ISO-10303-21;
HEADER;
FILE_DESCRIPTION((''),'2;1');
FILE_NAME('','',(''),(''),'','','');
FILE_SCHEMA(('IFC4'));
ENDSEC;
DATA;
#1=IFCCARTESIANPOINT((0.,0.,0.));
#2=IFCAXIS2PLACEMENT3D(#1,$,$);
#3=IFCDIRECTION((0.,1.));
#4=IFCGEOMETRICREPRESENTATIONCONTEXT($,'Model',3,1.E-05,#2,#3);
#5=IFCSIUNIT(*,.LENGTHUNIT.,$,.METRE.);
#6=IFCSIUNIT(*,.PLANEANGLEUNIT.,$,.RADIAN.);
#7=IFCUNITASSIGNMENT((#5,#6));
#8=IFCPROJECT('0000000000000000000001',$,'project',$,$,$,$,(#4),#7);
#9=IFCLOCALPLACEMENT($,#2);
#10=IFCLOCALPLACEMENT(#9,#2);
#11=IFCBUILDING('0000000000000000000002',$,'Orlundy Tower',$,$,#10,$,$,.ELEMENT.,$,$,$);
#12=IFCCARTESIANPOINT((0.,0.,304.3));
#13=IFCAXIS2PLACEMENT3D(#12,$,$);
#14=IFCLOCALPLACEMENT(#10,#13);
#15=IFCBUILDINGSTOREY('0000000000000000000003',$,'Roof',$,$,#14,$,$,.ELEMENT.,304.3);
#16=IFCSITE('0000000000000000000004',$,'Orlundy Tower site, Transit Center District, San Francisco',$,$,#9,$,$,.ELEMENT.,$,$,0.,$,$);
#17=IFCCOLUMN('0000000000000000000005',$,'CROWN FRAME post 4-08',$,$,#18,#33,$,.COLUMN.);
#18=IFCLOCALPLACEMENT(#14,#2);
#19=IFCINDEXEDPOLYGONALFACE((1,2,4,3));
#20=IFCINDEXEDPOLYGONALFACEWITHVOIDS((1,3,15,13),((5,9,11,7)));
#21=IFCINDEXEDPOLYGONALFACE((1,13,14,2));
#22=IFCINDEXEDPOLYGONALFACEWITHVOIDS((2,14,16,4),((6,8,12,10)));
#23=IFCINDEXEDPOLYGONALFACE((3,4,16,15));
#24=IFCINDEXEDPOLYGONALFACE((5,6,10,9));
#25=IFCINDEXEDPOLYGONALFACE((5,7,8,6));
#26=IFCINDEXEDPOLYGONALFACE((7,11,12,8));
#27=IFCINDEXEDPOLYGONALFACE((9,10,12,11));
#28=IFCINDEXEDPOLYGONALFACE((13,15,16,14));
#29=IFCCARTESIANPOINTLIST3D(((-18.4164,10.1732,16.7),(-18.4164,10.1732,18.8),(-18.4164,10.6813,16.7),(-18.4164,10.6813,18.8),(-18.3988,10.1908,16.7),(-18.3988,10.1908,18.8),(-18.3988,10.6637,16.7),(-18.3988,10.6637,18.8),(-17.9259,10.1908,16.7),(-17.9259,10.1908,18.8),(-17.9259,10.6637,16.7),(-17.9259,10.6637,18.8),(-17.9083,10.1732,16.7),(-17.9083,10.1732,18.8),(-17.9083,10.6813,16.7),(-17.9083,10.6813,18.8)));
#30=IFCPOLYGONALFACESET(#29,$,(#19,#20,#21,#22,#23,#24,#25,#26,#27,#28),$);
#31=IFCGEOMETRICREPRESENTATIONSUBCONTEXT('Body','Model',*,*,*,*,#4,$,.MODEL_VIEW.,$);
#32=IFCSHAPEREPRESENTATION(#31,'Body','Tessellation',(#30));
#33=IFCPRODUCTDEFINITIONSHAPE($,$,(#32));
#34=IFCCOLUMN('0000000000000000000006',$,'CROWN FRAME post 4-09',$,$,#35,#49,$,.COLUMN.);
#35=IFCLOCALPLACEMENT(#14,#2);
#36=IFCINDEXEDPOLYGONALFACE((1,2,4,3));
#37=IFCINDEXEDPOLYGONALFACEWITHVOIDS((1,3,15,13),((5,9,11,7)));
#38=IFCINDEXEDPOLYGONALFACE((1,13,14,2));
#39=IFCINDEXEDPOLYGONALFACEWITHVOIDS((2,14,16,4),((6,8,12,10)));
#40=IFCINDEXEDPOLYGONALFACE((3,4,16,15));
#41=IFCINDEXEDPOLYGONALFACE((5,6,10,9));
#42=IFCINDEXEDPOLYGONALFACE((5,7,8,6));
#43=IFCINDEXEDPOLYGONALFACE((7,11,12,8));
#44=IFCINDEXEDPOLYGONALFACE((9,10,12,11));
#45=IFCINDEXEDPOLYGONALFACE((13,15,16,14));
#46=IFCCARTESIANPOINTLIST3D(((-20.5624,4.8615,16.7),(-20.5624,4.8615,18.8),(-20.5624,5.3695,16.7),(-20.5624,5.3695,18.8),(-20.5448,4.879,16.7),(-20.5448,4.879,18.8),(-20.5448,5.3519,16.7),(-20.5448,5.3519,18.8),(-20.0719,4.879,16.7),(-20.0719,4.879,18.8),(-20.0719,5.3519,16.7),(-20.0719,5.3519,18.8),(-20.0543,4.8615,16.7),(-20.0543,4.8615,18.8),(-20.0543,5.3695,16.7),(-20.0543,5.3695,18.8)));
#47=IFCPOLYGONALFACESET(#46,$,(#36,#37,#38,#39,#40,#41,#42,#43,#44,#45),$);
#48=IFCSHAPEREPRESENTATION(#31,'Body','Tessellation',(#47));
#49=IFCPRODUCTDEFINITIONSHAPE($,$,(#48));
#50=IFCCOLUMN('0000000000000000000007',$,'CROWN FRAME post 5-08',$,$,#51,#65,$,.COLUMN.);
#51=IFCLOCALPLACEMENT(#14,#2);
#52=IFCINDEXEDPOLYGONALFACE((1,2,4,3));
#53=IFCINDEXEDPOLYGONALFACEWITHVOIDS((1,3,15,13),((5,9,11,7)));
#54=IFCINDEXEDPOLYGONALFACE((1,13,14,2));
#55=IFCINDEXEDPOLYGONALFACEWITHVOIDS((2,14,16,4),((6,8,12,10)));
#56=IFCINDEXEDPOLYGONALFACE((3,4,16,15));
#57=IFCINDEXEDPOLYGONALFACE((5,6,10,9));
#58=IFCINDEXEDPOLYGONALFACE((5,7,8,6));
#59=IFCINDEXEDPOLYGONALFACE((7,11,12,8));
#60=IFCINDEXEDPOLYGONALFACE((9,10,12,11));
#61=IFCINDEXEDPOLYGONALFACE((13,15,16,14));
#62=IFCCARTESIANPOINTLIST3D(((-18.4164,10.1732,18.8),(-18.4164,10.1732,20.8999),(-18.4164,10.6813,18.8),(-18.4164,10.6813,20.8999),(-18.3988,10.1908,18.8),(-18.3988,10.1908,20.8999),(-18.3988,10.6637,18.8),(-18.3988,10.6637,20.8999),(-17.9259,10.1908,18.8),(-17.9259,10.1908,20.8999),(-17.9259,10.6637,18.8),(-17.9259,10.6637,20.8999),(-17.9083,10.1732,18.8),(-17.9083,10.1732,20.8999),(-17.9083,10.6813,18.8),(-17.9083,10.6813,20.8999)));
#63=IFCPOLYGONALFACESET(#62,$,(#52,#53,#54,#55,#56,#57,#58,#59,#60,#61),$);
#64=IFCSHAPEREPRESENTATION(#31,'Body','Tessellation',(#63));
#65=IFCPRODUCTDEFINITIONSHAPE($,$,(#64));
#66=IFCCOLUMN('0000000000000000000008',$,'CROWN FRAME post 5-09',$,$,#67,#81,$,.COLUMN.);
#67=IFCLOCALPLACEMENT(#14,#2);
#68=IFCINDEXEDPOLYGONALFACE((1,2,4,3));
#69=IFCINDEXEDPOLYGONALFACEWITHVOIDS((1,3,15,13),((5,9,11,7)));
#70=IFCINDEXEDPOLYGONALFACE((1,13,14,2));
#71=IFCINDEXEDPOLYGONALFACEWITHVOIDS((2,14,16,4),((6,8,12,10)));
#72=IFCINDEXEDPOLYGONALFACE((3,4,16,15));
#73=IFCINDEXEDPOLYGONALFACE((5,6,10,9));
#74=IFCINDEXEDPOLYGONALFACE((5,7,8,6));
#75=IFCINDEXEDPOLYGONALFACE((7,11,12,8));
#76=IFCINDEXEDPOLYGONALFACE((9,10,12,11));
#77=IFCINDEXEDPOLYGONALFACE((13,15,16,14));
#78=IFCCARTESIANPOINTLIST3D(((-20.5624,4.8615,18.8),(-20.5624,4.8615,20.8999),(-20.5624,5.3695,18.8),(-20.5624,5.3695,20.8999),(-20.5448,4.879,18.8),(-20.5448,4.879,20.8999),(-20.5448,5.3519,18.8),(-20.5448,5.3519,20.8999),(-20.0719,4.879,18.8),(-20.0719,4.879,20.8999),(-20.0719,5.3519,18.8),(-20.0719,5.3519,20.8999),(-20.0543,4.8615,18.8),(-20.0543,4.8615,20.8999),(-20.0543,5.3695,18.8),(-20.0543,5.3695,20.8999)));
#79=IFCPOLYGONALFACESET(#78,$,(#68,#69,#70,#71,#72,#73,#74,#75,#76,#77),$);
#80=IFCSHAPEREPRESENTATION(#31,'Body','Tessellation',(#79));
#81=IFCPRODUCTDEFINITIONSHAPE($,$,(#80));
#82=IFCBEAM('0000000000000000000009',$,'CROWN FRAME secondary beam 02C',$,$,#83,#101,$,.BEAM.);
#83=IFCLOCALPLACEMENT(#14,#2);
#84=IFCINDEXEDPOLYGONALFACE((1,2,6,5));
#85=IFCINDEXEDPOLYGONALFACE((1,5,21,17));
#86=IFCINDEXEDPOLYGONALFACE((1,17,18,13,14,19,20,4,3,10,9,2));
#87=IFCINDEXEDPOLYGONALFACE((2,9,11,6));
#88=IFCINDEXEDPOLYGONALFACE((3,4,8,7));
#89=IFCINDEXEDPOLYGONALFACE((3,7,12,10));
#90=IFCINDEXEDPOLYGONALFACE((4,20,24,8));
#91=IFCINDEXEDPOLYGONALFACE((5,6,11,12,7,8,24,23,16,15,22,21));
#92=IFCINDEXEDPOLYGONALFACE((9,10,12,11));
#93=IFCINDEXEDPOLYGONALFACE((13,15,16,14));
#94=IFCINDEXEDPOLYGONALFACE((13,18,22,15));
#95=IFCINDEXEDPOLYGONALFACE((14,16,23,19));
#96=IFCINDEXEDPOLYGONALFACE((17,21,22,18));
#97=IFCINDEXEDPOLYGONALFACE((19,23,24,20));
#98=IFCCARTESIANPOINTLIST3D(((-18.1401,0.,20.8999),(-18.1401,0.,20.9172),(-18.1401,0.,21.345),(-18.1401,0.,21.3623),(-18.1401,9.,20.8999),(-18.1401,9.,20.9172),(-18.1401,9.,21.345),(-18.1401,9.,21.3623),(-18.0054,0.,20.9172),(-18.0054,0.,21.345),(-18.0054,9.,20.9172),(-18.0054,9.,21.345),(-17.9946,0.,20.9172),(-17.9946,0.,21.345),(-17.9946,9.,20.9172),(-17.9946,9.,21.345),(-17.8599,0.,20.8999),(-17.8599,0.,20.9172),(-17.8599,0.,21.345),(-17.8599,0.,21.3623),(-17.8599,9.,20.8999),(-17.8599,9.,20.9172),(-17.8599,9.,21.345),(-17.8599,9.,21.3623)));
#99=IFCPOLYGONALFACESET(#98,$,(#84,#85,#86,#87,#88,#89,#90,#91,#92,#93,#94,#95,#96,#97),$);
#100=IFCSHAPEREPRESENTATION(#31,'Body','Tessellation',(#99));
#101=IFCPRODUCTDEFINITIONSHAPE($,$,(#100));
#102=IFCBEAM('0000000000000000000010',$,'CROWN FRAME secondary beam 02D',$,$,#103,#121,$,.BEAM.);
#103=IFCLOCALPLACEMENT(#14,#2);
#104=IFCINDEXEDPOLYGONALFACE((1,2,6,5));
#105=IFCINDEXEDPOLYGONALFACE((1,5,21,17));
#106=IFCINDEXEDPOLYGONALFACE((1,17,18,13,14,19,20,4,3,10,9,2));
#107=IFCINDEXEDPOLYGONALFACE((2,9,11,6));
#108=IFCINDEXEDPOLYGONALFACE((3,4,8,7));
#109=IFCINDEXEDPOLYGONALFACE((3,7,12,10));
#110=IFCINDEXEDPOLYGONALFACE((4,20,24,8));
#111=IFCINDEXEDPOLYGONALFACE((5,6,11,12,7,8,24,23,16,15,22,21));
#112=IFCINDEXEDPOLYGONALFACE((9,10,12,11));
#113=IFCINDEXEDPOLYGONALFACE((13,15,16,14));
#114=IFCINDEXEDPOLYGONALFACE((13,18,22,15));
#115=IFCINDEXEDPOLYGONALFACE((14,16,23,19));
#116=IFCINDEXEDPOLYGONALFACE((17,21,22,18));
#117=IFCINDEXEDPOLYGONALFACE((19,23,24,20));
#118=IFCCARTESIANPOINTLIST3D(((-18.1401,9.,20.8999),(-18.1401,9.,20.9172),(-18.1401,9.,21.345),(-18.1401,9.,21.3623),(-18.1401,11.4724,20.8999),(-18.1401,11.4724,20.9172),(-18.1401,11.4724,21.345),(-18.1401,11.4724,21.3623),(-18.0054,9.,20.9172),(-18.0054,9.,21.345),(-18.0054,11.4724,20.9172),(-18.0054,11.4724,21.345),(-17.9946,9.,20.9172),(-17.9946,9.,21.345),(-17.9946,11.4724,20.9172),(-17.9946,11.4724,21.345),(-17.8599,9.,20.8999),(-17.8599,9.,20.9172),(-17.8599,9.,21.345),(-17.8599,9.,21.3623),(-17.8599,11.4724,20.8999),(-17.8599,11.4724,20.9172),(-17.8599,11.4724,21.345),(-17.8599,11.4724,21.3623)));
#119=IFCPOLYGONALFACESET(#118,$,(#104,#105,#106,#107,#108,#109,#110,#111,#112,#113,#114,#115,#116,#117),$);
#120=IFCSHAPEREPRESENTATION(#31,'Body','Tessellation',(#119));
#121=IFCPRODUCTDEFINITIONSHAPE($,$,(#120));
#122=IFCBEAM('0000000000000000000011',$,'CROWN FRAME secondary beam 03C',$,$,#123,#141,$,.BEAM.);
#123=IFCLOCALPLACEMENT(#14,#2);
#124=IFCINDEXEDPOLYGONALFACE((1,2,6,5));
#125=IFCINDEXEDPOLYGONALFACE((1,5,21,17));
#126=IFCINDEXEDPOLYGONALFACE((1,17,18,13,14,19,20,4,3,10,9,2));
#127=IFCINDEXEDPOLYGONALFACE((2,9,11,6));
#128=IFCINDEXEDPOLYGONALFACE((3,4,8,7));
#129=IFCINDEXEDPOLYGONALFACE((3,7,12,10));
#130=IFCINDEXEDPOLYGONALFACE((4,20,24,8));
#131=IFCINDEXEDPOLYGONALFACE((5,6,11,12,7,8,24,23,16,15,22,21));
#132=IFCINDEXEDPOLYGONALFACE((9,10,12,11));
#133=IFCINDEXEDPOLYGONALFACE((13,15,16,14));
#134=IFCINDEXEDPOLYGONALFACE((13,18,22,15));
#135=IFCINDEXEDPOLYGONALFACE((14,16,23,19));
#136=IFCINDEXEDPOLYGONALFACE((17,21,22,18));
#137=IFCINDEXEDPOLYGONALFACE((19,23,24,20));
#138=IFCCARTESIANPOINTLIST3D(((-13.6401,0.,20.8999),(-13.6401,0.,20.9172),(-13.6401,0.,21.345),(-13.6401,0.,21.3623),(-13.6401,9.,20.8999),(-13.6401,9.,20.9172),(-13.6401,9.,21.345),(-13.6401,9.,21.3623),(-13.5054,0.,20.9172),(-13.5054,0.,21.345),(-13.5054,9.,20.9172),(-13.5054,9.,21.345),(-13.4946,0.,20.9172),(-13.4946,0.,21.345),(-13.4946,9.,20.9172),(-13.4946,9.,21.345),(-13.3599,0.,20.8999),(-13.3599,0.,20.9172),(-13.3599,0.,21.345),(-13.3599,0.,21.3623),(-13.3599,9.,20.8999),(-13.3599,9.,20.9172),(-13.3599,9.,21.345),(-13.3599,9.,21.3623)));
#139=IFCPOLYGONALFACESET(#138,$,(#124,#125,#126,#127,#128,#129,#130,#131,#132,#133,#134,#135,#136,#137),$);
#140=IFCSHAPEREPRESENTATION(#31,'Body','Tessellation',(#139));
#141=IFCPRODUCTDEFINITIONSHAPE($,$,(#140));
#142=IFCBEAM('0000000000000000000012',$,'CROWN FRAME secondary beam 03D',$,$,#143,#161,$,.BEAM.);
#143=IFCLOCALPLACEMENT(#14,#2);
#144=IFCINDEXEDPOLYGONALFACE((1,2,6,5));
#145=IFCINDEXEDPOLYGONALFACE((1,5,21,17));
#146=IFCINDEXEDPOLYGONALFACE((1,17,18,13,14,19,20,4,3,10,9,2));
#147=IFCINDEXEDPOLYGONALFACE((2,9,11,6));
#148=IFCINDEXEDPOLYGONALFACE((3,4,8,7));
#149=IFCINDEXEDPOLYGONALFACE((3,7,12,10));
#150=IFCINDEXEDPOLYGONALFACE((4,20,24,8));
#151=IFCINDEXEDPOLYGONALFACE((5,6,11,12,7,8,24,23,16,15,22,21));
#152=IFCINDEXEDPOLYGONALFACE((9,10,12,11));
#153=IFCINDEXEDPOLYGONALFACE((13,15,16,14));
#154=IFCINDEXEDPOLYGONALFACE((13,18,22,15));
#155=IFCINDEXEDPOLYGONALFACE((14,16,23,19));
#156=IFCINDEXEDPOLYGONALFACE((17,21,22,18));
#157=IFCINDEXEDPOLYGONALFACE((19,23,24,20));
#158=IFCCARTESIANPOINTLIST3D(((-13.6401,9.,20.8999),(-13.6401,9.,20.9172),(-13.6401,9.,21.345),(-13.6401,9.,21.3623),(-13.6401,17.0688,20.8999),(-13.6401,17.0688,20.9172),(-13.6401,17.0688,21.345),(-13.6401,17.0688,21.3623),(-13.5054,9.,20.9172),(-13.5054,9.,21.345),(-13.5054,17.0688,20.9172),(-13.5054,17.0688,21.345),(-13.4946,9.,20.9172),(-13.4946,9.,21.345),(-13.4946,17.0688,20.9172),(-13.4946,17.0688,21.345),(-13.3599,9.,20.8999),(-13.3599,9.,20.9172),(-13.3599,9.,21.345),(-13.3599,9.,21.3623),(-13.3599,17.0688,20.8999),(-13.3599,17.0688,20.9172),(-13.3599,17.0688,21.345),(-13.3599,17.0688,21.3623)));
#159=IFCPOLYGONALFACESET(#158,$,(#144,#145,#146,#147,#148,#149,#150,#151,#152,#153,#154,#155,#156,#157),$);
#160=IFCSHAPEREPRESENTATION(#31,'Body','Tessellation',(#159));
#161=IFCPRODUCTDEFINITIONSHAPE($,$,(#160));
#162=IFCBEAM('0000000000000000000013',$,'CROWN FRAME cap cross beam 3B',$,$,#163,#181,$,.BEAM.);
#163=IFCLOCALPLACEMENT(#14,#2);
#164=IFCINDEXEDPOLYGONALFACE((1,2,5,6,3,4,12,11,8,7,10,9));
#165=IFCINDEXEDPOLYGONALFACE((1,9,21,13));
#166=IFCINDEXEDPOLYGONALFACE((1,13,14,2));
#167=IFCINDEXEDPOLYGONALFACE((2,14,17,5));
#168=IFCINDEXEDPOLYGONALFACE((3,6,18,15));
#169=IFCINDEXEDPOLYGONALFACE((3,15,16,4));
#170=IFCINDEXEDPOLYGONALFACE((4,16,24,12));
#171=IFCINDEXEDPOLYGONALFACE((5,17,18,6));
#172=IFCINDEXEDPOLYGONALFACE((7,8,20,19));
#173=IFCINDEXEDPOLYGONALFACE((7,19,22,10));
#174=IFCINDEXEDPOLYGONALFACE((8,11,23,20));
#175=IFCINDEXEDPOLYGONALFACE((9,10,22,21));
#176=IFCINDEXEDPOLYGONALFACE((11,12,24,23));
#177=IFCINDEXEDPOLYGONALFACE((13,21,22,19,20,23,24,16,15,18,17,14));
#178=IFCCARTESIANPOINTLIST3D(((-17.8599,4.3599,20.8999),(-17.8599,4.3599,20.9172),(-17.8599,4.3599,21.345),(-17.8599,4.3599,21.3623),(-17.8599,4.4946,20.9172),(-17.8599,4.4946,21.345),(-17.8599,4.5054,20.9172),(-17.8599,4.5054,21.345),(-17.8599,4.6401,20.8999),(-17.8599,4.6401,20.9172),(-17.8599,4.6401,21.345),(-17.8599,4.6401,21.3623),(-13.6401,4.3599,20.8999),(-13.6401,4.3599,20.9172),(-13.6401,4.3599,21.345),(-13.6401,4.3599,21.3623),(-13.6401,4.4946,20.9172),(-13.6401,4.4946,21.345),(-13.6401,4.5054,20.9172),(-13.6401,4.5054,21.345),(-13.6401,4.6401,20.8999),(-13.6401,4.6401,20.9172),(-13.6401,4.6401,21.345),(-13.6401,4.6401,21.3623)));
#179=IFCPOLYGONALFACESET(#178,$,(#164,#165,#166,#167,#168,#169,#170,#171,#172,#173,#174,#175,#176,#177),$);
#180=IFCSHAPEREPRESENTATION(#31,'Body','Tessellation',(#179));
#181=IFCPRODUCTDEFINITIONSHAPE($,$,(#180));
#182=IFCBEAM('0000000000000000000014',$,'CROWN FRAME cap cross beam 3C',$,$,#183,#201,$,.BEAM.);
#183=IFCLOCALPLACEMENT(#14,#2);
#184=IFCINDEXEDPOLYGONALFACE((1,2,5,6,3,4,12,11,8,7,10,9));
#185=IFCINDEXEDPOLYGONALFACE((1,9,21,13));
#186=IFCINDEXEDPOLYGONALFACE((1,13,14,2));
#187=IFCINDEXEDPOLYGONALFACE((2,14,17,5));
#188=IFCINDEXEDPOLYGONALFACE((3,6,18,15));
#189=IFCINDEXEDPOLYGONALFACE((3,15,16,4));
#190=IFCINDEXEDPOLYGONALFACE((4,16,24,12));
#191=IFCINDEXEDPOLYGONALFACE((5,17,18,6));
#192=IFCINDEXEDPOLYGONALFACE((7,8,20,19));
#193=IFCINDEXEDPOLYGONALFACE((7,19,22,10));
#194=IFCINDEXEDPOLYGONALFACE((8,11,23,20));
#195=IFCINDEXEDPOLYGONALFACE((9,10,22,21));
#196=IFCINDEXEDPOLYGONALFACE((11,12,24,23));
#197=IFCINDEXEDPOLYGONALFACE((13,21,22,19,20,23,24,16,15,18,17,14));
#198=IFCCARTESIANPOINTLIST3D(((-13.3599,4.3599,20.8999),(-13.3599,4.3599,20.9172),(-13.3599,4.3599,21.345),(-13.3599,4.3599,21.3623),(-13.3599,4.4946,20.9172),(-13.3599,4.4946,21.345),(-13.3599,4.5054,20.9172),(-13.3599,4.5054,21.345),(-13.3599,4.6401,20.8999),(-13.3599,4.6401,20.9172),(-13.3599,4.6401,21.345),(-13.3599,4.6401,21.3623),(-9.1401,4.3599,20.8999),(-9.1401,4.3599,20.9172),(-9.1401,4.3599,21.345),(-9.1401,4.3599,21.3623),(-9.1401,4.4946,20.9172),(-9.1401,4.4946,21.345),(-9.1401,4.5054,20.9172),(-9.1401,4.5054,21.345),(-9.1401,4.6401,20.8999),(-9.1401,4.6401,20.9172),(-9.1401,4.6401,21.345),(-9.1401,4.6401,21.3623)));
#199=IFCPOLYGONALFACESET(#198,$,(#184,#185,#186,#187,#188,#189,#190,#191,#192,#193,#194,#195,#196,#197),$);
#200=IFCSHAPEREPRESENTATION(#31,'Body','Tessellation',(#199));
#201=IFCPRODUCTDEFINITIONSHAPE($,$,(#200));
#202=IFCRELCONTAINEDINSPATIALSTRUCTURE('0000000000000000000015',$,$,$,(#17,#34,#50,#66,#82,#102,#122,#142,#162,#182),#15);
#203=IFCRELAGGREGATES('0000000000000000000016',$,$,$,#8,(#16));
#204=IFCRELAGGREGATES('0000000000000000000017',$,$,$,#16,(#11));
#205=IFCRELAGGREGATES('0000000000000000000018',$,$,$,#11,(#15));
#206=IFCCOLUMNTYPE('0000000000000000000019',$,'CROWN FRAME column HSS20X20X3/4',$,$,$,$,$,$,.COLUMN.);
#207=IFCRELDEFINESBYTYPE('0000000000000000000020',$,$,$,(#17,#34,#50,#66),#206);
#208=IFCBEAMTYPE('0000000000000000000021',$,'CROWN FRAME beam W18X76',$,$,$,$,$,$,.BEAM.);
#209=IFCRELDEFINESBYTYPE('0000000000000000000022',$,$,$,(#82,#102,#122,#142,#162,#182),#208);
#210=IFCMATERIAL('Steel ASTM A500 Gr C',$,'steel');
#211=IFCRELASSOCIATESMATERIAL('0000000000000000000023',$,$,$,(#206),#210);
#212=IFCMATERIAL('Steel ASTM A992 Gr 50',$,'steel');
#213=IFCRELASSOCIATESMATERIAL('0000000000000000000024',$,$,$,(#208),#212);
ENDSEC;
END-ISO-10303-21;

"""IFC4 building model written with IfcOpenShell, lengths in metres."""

from ifc_helpers import new_model, si_unit, direction, frame, origin, origin_2d, place, context, subcontext, project, spatial, hollow_rectangle, i_section, extrude, material, material_profile, profile_set, type_object, element, save


model = new_model("IFC4")

# Units and contexts
model_context = context("Model", 3, precision=1e-05, world=origin(), true_north=direction((0.0, 1.0)))
body_context = subcontext(model_context, "Body", "Model", "MODEL_VIEW")
ifc_project = project(units=[si_unit("LENGTHUNIT", "METRE"), si_unit("PLANEANGLEUNIT", "RADIAN")], contexts=[model_context])

# Site, building, storey
site_placement = place(None, origin())
site = spatial("IfcSite", under=ifc_project, at=site_placement, Name="Orlundy Tower site, Transit Center District, San Francisco", CompositionType="ELEMENT", RefElevation=0.0)
building_placement = place(site_placement, origin())
building = spatial("IfcBuilding", under=site, at=building_placement, Name="Orlundy Tower", CompositionType="ELEMENT")
storey_placement = place(building_placement, frame((0.0, 0.0, 304.3)))
storey = spatial("IfcBuildingStorey", under=building, at=storey_placement, Name="Roof", CompositionType="ELEMENT", Elevation=304.3)

# Columns
ifc_material_1 = material(Name="Steel ASTM A500 Gr C", Category="steel")
ifc_material_profile_1 = material_profile(ifc_material_1, hollow_rectangle(XDim=0.5081, YDim=0.5081, WallThickness=0.0176, at=origin_2d()), Name="HSS20X20X3/4")
ifc_profile_set_1 = profile_set([ifc_material_profile_1], Name="Steel ASTM A500 Gr C")
column_type = type_object("IfcColumnType", Name="CROWN FRAME column HSS20X20X3/4", PredefinedType="COLUMN", material=ifc_profile_set_1)
for number, where, z_axis, x_axis, name in (
    (1, (-18.1624, 10.4272, 16.7), (0.0, 0.0, 1.0), (1.0, 0.0, 0.0), "CROWN FRAME post 4-08"),
    (2, (-20.3083, 5.1155, 16.7), (0.0, 0.0, 1.0), (1.0, 0.0, 0.0), "CROWN FRAME post 4-09"),
):
    element("IfcColumn", number, at=place(storey_placement, frame(where, z_axis=z_axis, x_axis=x_axis)), inside=storey, type_object=column_type, Name=name, PredefinedType="COLUMN", context=body_context, shape_type="SweptSolid", body=[
        extrude(hollow_rectangle(XDim=0.5081, YDim=0.5081, WallThickness=0.0176, at=origin_2d()), origin(), (0.0, 0.0, 1.0), 2.1001),
    ])
for number, where, z_axis, x_axis, name in (
    (3, (-18.1624, 10.4272, 18.8), (0.0, 0.0, 1.0), (1.0, 0.0, 0.0), "CROWN FRAME post 5-08"),
    (4, (-20.3083, 5.1155, 18.8), (0.0, 0.0, 1.0), (1.0, 0.0, 0.0), "CROWN FRAME post 5-09"),
):
    element("IfcColumn", number, at=place(storey_placement, frame(where, z_axis=z_axis, x_axis=x_axis)), inside=storey, type_object=column_type, Name=name, PredefinedType="COLUMN", context=body_context, shape_type="SweptSolid", body=[
        extrude(hollow_rectangle(XDim=0.5081, YDim=0.5081, WallThickness=0.0176, at=origin_2d()), origin(), (0.0, 0.0, 1.0), 2.0999),
    ])

# Beams
ifc_material_2 = material(Name="Steel ASTM A992 Gr 50", Category="steel")
ifc_material_profile_2 = material_profile(ifc_material_2, i_section(OverallWidth=0.2803, OverallDepth=0.4624, WebThickness=0.0107, FlangeThickness=0.0173, at=origin_2d()), Name="W18X76")
ifc_profile_set_2 = profile_set([ifc_material_profile_2], Name="Steel ASTM A992 Gr 50")
beam_type_1 = type_object("IfcBeamType", Name="CROWN FRAME beam W18X76", PredefinedType="BEAM", material=ifc_profile_set_2)
beam_1_placement = place(storey_placement, frame((-18.0, 0.0, 21.1311), z_axis=(0.0, 1.0, 0.0), x_axis=(-1.0, 0.0, 0.0)))
element("IfcBeam", 5, at=beam_1_placement, inside=storey, type_object=beam_type_1, Name="CROWN FRAME secondary beam 02C", PredefinedType="BEAM", context=body_context, shape_type="SweptSolid", body=[
    extrude(i_section(OverallWidth=0.2803, OverallDepth=0.4624, WebThickness=0.0107, FlangeThickness=0.0173, at=origin_2d()), origin(), (0.0, 0.0, 1.0), 9.0),
])
beam_2_placement = place(storey_placement, frame((-18.0, 9.0, 21.1311), z_axis=(0.0, 1.0, 0.0), x_axis=(-1.0, 0.0, 0.0)))
element("IfcBeam", 6, at=beam_2_placement, inside=storey, type_object=beam_type_1, Name="CROWN FRAME secondary beam 02D", PredefinedType="BEAM", context=body_context, shape_type="SweptSolid", body=[
    extrude(i_section(OverallWidth=0.2803, OverallDepth=0.4624, WebThickness=0.0107, FlangeThickness=0.0173, at=origin_2d()), origin(), (0.0, 0.0, 1.0), 2.4724),
])
beam_3_placement = place(storey_placement, frame((-13.5, 0.0, 21.1311), z_axis=(0.0, 1.0, 0.0), x_axis=(-1.0, 0.0, 0.0)))
element("IfcBeam", 7, at=beam_3_placement, inside=storey, type_object=beam_type_1, Name="CROWN FRAME secondary beam 03C", PredefinedType="BEAM", context=body_context, shape_type="SweptSolid", body=[
    extrude(i_section(OverallWidth=0.2803, OverallDepth=0.4624, WebThickness=0.0107, FlangeThickness=0.0173, at=origin_2d()), origin(), (0.0, 0.0, 1.0), 9.0),
])
beam_4_placement = place(storey_placement, frame((-13.5, 9.0, 21.1311), z_axis=(0.0, 1.0, 0.0), x_axis=(-1.0, 0.0, 0.0)))
element("IfcBeam", 8, at=beam_4_placement, inside=storey, type_object=beam_type_1, Name="CROWN FRAME secondary beam 03D", PredefinedType="BEAM", context=body_context, shape_type="SweptSolid", body=[
    extrude(i_section(OverallWidth=0.2803, OverallDepth=0.4624, WebThickness=0.0107, FlangeThickness=0.0173, at=origin_2d()), origin(), (0.0, 0.0, 1.0), 8.0688),
])
for number, where, z_axis, x_axis, name in (
    (9, (-17.8599, 4.5, 21.1311), (1.0, 0.0, 0.0), (0.0, 1.0, 0.0), "CROWN FRAME cap cross beam 3B"),
    (10, (-13.3599, 4.5, 21.1311), (1.0, 0.0, 0.0), (0.0, 1.0, 0.0), "CROWN FRAME cap cross beam 3C"),
):
    element("IfcBeam", number, at=place(storey_placement, frame(where, z_axis=z_axis, x_axis=x_axis)), inside=storey, type_object=beam_type_1, Name=name, PredefinedType="BEAM", context=body_context, shape_type="SweptSolid", body=[
        extrude(i_section(OverallWidth=0.2803, OverallDepth=0.4624, WebThickness=0.0107, FlangeThickness=0.0173, at=origin_2d()), origin(), (0.0, 0.0, 1.0), 4.2197),
    ])

save(model, "model.ifc")
